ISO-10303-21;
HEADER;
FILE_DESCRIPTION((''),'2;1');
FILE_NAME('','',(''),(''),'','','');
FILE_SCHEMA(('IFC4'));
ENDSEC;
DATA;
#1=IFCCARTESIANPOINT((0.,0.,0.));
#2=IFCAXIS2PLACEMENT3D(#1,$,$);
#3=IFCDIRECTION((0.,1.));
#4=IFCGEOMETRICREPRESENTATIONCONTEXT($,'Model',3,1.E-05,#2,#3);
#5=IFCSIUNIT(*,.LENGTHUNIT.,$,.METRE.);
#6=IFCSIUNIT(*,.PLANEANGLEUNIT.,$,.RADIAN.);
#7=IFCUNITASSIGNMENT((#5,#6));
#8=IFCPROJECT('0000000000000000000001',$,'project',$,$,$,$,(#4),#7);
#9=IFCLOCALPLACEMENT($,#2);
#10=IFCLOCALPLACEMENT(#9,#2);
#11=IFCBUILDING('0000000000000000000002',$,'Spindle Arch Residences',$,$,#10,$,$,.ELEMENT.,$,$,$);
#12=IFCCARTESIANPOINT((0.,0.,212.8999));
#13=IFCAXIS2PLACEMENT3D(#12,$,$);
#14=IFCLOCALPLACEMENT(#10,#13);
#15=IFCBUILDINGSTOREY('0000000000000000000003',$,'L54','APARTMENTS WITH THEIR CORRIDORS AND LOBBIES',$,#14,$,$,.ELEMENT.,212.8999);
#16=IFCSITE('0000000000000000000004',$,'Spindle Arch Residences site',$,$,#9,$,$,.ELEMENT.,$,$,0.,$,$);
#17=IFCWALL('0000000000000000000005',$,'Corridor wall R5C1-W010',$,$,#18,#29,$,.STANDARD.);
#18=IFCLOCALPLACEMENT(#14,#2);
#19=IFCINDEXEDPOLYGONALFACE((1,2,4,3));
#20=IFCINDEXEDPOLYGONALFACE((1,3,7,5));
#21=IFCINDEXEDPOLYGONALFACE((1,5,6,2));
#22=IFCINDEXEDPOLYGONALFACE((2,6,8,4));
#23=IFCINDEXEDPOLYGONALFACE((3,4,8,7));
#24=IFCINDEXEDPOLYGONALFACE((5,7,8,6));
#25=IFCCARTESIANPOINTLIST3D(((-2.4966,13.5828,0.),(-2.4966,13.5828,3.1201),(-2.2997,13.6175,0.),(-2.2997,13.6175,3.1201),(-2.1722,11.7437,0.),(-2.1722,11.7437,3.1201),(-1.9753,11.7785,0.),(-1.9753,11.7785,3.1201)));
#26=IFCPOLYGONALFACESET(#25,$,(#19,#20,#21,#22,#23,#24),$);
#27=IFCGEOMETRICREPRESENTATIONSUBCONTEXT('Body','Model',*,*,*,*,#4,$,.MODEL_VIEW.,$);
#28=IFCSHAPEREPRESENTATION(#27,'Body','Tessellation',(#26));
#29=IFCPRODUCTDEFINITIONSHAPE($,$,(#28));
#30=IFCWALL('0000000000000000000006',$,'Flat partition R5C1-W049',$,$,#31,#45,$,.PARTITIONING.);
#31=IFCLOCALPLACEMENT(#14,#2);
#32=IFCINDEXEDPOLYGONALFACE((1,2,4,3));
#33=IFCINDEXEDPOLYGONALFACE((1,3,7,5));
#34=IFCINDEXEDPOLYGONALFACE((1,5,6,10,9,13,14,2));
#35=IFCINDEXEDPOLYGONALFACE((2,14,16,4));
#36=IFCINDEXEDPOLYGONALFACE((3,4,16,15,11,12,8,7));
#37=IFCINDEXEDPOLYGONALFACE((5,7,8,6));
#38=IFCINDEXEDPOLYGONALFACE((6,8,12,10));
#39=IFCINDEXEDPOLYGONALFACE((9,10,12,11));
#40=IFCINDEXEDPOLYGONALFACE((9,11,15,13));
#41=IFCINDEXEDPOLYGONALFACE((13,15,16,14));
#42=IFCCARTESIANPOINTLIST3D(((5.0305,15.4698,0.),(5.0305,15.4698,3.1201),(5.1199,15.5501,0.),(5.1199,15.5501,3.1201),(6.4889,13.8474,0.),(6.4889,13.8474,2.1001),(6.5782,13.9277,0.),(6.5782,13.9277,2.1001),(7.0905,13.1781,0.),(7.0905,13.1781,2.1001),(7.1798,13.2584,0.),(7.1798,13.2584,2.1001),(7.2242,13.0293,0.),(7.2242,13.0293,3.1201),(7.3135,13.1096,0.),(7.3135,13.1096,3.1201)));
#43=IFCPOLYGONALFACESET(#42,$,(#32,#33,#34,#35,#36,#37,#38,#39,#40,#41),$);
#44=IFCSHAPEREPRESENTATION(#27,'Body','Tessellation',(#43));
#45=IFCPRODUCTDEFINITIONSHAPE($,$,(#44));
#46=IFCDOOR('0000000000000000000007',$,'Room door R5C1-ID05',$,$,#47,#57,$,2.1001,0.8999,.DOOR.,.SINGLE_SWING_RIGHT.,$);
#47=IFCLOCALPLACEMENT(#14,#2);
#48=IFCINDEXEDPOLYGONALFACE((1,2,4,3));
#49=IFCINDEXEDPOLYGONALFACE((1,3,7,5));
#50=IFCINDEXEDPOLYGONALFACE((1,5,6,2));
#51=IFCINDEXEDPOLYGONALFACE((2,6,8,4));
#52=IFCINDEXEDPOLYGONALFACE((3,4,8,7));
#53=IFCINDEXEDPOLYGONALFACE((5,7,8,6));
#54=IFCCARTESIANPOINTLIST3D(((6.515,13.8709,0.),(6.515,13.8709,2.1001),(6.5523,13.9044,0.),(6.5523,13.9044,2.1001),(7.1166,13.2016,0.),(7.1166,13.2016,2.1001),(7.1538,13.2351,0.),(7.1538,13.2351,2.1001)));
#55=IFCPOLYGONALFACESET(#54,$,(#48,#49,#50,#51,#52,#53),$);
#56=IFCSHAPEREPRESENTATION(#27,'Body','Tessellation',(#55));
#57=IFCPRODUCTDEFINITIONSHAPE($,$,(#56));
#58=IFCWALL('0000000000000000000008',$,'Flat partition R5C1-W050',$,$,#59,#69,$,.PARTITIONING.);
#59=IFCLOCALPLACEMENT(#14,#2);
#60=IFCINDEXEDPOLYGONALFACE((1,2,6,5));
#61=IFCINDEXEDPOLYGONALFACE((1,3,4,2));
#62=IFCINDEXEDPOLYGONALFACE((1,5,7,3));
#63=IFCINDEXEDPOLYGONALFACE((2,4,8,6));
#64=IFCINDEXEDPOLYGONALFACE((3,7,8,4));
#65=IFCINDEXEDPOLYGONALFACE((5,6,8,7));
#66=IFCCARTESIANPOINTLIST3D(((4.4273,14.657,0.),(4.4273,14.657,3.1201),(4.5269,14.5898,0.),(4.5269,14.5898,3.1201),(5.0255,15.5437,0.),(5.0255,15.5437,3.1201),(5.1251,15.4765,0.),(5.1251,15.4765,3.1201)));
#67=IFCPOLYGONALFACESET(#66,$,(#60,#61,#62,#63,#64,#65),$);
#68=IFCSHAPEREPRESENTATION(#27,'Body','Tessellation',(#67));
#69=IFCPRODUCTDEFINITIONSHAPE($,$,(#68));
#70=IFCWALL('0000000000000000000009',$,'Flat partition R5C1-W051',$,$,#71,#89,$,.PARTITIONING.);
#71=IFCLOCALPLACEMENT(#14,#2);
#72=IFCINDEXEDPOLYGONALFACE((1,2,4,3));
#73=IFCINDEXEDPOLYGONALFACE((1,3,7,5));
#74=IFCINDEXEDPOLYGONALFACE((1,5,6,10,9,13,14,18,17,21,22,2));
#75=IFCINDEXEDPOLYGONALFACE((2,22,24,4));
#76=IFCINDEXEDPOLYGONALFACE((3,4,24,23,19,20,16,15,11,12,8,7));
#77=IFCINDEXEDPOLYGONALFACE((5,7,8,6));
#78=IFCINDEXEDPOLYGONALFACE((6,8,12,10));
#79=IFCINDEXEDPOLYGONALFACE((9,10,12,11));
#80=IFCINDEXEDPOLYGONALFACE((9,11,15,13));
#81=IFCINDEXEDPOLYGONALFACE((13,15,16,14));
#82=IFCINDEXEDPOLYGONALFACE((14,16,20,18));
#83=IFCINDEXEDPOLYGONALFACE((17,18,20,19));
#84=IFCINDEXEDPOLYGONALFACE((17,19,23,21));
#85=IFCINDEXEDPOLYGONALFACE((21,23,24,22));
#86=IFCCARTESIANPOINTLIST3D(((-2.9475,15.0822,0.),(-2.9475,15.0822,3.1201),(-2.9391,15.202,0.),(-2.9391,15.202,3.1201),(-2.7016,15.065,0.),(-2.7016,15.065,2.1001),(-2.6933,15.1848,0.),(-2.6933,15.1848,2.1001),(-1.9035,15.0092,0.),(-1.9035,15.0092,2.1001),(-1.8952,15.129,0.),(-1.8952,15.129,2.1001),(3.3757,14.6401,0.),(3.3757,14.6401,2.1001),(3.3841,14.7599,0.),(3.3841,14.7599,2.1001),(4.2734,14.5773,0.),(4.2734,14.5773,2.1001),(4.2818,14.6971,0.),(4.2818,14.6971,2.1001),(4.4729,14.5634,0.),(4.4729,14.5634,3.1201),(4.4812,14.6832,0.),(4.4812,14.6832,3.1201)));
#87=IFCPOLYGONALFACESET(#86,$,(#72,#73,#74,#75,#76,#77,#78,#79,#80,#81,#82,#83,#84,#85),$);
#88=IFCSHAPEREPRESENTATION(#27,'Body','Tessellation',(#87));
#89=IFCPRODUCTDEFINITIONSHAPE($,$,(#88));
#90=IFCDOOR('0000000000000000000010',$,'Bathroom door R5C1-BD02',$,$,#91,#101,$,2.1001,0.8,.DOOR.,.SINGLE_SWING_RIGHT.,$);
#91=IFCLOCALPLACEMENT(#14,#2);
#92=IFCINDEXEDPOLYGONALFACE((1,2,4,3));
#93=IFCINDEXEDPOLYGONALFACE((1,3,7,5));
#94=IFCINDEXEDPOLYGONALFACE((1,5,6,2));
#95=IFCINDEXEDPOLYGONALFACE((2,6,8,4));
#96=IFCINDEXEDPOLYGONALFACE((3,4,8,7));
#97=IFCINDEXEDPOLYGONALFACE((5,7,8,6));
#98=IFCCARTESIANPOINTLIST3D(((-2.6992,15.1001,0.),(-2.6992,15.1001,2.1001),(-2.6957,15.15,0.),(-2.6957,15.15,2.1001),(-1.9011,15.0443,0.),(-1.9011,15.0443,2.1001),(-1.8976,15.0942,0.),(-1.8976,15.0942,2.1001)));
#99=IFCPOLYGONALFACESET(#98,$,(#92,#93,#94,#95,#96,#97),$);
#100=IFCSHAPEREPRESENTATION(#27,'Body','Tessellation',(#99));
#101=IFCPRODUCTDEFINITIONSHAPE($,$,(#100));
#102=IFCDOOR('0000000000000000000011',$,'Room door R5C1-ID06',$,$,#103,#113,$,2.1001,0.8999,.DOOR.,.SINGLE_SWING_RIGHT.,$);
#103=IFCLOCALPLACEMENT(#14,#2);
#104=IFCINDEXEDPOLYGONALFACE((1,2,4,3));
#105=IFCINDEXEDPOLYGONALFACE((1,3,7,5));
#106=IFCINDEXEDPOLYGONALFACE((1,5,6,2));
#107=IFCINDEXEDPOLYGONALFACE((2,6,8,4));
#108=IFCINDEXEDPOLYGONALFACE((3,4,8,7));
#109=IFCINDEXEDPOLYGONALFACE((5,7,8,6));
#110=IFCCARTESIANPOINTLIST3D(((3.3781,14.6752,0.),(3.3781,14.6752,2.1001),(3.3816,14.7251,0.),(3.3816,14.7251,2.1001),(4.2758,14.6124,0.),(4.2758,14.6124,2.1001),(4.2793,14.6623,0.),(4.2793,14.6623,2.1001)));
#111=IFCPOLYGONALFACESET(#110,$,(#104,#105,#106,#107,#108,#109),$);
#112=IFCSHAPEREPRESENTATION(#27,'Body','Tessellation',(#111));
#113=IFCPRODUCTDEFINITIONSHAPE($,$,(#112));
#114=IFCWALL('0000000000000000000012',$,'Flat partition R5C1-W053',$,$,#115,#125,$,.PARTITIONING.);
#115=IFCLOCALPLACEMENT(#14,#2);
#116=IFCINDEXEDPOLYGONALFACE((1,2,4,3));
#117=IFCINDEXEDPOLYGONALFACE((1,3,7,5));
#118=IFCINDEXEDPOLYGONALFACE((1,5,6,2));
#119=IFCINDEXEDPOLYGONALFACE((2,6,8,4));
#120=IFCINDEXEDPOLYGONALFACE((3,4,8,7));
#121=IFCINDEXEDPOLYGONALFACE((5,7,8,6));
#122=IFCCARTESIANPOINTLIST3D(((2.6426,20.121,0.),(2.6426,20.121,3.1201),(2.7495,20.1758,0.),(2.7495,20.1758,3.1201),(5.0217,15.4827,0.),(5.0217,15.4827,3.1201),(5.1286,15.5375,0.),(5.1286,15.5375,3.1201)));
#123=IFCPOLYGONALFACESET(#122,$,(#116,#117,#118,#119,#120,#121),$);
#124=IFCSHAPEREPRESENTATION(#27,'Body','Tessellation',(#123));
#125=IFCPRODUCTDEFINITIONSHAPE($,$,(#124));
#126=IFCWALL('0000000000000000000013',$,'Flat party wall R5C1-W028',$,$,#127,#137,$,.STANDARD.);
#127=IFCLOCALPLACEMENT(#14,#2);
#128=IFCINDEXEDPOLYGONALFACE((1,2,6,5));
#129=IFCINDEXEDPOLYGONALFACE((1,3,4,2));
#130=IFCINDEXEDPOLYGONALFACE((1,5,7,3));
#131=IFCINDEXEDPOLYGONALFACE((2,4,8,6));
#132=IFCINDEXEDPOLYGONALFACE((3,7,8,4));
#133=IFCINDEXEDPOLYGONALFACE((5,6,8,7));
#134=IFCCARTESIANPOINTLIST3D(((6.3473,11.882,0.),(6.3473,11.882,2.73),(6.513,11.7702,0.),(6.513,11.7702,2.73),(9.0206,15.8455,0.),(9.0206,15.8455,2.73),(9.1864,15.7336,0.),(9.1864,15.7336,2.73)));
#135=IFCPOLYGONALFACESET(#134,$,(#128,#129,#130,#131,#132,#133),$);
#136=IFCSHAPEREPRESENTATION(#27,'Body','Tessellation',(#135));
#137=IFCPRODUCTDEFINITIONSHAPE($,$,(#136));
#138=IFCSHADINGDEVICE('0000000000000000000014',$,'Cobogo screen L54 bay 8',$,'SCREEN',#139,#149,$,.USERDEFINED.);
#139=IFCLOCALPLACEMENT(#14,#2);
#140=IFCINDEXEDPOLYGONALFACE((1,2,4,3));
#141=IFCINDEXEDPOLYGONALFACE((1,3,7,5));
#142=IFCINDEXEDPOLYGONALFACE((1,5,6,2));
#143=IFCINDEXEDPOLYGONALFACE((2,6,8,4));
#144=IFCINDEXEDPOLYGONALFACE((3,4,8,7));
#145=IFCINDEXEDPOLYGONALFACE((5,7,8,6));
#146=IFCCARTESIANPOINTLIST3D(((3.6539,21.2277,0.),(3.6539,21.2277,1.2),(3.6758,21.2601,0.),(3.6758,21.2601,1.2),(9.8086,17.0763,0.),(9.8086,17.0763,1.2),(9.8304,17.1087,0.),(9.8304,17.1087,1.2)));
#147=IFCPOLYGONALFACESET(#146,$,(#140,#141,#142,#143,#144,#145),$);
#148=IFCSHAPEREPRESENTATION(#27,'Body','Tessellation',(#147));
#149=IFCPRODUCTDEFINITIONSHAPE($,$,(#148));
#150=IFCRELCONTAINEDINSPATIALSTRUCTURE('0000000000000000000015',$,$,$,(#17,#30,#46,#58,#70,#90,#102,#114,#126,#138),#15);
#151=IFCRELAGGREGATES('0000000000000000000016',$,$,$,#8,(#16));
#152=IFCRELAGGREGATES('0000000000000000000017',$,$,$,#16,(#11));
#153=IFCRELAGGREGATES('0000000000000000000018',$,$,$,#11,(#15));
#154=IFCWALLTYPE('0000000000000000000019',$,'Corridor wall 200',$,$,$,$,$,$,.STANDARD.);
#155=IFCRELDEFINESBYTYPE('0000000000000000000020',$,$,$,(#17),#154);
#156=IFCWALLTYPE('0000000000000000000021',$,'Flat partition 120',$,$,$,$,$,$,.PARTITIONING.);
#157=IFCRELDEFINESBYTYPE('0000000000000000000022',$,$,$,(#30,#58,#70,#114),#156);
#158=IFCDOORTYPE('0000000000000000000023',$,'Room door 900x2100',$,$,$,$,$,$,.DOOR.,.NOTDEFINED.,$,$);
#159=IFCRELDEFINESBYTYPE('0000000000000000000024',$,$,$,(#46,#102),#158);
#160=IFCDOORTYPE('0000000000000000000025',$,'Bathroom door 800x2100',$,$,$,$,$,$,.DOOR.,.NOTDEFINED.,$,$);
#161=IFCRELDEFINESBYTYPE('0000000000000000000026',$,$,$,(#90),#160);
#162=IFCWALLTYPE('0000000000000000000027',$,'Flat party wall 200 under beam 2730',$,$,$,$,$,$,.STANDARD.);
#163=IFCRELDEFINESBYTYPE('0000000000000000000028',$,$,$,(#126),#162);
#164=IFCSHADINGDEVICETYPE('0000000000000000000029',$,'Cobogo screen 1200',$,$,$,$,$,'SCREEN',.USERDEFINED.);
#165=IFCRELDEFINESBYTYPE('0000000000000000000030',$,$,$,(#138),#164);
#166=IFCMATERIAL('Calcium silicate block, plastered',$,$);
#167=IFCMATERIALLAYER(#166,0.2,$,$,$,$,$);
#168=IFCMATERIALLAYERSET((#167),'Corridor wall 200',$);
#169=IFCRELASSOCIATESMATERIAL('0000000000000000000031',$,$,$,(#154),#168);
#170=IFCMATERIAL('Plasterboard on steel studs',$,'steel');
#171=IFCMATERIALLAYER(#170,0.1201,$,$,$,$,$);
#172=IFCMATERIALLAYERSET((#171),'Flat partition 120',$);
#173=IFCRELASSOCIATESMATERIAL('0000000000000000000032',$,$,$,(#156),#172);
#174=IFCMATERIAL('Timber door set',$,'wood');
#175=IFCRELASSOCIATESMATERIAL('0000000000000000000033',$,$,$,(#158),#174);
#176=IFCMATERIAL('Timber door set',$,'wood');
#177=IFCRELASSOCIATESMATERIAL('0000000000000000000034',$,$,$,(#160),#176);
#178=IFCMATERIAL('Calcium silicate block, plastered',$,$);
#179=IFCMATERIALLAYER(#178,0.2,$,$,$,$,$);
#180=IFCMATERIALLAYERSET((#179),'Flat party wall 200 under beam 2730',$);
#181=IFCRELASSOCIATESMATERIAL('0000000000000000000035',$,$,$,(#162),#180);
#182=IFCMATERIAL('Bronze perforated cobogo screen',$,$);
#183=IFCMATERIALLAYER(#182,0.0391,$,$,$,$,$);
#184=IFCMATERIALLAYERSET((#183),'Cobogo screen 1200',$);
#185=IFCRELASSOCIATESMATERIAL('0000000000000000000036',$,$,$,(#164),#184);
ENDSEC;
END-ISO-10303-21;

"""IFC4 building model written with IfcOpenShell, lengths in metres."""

from ifc_helpers import new_model, si_unit, direction, frame, frame_2d, origin, origin_2d, place, context, subcontext, project, spatial, rectangle, extrude, material, layer, layer_set, type_object, element, fill, save


model = new_model("IFC4")

# Units and contexts
model_context = context("Model", 3, precision=1e-05, world=origin(), true_north=direction((0.0, 1.0)))
body_context = subcontext(model_context, "Body", "Model", "MODEL_VIEW")
ifc_project = project(units=[si_unit("LENGTHUNIT", "METRE"), si_unit("PLANEANGLEUNIT", "RADIAN")], contexts=[model_context])

# Site, building, storey
site_placement = place(None, origin())
site = spatial("IfcSite", under=ifc_project, at=site_placement, Name="Spindle Arch Residences site", CompositionType="ELEMENT", RefElevation=0.0)
building_placement = place(site_placement, origin())
building = spatial("IfcBuilding", under=site, at=building_placement, Name="Spindle Arch Residences", CompositionType="ELEMENT")
storey_placement = place(building_placement, frame((0.0, 0.0, 212.8999)))
storey = spatial("IfcBuildingStorey", under=building, at=storey_placement, Name="L54", Description="APARTMENTS WITH THEIR CORRIDORS AND LOBBIES", CompositionType="ELEMENT", Elevation=212.8999)

# Wall
ifc_material_1 = material(Name="Calcium silicate block, plastered")
ifc_layer_1 = layer(ifc_material_1, 0.2)
ifc_layer_set_1 = layer_set([ifc_layer_1], Name="Corridor wall 200")
wall_type_1 = type_object("IfcWallType", Name="Corridor wall 200", PredefinedType="STANDARD", material=ifc_layer_set_1)
wall_1_placement = place(storey_placement, frame((-2.0737, 11.7612, 0.0), z_axis=(0.0, 0.0, 1.0), x_axis=(-0.173741, 0.984791, 0.0)))
element("IfcWall", 1, at=wall_1_placement, inside=storey, type_object=wall_type_1, Name="Corridor wall R5C1-W010", PredefinedType="STANDARD", context=body_context, shape_type="SweptSolid", body=[
    extrude(rectangle(XDim=1.8674, YDim=0.2, at=frame_2d((0.9336, 0.0))), origin(), (0.0, 0.0, 1.0), 3.1201),
])

# Wall, opening, door
ifc_material_2 = material(Name="Plasterboard on steel studs", Category="steel")
ifc_layer_2 = layer(ifc_material_2, 0.1201)
ifc_layer_set_2 = layer_set([ifc_layer_2], Name="Flat partition 120")
wall_type_2 = type_object("IfcWallType", Name="Flat partition 120", PredefinedType="PARTITIONING", material=ifc_layer_set_2)
wall_2_placement = place(storey_placement, frame((7.2688, 13.0696, 0.0), z_axis=(0.0, 0.0, 1.0), x_axis=(-0.668496, 0.743716, 0.0)))
wall_2 = element("IfcWall", 2, at=wall_2_placement, inside=storey, type_object=wall_type_2, Name="Flat partition R5C1-W049", PredefinedType="PARTITIONING", context=body_context, shape_type="SweptSolid", body=[
    extrude(rectangle(XDim=3.2815, YDim=0.1201, at=frame_2d((1.6406, 0.0))), origin(), (0.0, 0.0, 1.0), 3.1201),
])
opening_1_placement = place(wall_2_placement, frame((0.2, 0.0, 0.0)))
opening_1 = element("IfcOpeningElement", 3, at=opening_1_placement, cuts=wall_2, PredefinedType="OPENING", context=body_context, shape_type="SweptSolid", body=[
    extrude(rectangle(XDim=0.8999, YDim=2.1001, at=frame_2d((0.45, 1.05))), frame((0.0, 0.0701, 0.0), z_axis=(0.0, -1.0, 0.0), x_axis=(1.0, 0.0, 0.0)), (0.0, 0.0, 1.0), 0.1401),
])
ifc_material_3 = material(Name="Timber door set", Category="wood")
door_type_1 = type_object("IfcDoorType", Name="Room door 900x2100", OperationType="NOTDEFINED", PredefinedType="DOOR", material=ifc_material_3)
door_1_placement = place(opening_1_placement, origin())
door_1 = element("IfcDoor", 4, at=door_1_placement, inside=storey, type_object=door_type_1, Name="Room door R5C1-ID05", OperationType="SINGLE_SWING_RIGHT", OverallHeight=2.1001, OverallWidth=0.8999, PredefinedType="DOOR", context=body_context, shape_type="SweptSolid", body=[
    extrude(rectangle(XDim=0.8999, YDim=2.1001, at=frame_2d((0.45, 1.05))), frame((0.0, 0.0249, 0.0), z_axis=(0.0, -1.0, 0.0), x_axis=(1.0, 0.0, 0.0)), (0.0, 0.0, 1.0), 0.05),
])
fill(opening_1, door_1)

# Wall
wall_3_placement = place(storey_placement, frame((5.0752, 15.51, 0.0), z_axis=(0.0, 0.0, 1.0), x_axis=(-0.559222, -0.829018, 0.0)))
element("IfcWall", 5, at=wall_3_placement, inside=storey, type_object=wall_type_2, Name="Flat partition R5C1-W050", PredefinedType="PARTITIONING", context=body_context, shape_type="SweptSolid", body=[
    extrude(rectangle(XDim=1.0696, YDim=0.1201, at=frame_2d((0.5347, 0.0))), origin(), (0.0, 0.0, 1.0), 3.1201),
])

# Wall, openings, doors
wall_4_placement = place(storey_placement, frame((4.4771, 14.6233, 0.0), z_axis=(0.0, 0.0, 1.0), x_axis=(-0.997565, 0.069745, 0.0)))
wall_4 = element("IfcWall", 6, at=wall_4_placement, inside=storey, type_object=wall_type_2, Name="Flat partition R5C1-W051", PredefinedType="PARTITIONING", context=body_context, shape_type="SweptSolid", body=[
    extrude(rectangle(XDim=7.4385, YDim=0.1201, at=frame_2d((3.7192, 0.0))), origin(), (0.0, 0.0, 1.0), 3.1201),
])
opening_2_placement = place(wall_4_placement, frame((0.2, 0.0, 0.0)))
opening_2 = element("IfcOpeningElement", 7, at=opening_2_placement, cuts=wall_4, PredefinedType="OPENING", context=body_context, shape_type="SweptSolid", body=[
    extrude(rectangle(XDim=0.8999, YDim=2.1001, at=frame_2d((0.45, 1.05))), frame((0.0, 0.0701, 0.0), z_axis=(0.0, -1.0, 0.0), x_axis=(1.0, 0.0, 0.0)), (0.0, 0.0, 1.0), 0.1401),
])
opening_3_placement = place(wall_4_placement, frame((6.3921, 0.0, 0.0)))
opening_3 = element("IfcOpeningElement", 8, at=opening_3_placement, cuts=wall_4, PredefinedType="OPENING", context=body_context, shape_type="SweptSolid", body=[
    extrude(rectangle(XDim=0.8, YDim=2.1001, at=frame_2d((0.3999, 1.05))), frame((0.0, 0.0701, 0.0), z_axis=(0.0, -1.0, 0.0), x_axis=(1.0, 0.0, 0.0)), (0.0, 0.0, 1.0), 0.1401),
])
ifc_material_4 = material(Name="Timber door set", Category="wood")
door_type_2 = type_object("IfcDoorType", Name="Bathroom door 800x2100", OperationType="NOTDEFINED", PredefinedType="DOOR", material=ifc_material_4)
door_2_placement = place(opening_3_placement, origin())
door_2 = element("IfcDoor", 9, at=door_2_placement, inside=storey, type_object=door_type_2, Name="Bathroom door R5C1-BD02", OperationType="SINGLE_SWING_RIGHT", OverallHeight=2.1001, OverallWidth=0.8, PredefinedType="DOOR", context=body_context, shape_type="SweptSolid", body=[
    extrude(rectangle(XDim=0.8, YDim=2.1001, at=frame_2d((0.3999, 1.05))), frame((0.0, 0.0249, 0.0), z_axis=(0.0, -1.0, 0.0), x_axis=(1.0, 0.0, 0.0)), (0.0, 0.0, 1.0), 0.05),
])
fill(opening_3, door_2)
door_3_placement = place(opening_2_placement, origin())
door_3 = element("IfcDoor", 10, at=door_3_placement, inside=storey, type_object=door_type_1, Name="Room door R5C1-ID06", OperationType="SINGLE_SWING_RIGHT", OverallHeight=2.1001, OverallWidth=0.8999, PredefinedType="DOOR", context=body_context, shape_type="SweptSolid", body=[
    extrude(rectangle(XDim=0.8999, YDim=2.1001, at=frame_2d((0.45, 1.05))), frame((0.0, 0.0249, 0.0), z_axis=(0.0, -1.0, 0.0), x_axis=(1.0, 0.0, 0.0)), (0.0, 0.0, 1.0), 0.05),
])
fill(opening_2, door_3)

# Walls
wall_5_placement = place(storey_placement, frame((2.696, 20.1484, 0.0), z_axis=(0.0, 0.0, 1.0), x_axis=(0.456388, -0.889781, 0.0)))
element("IfcWall", 11, at=wall_5_placement, inside=storey, type_object=wall_type_2, Name="Flat partition R5C1-W053", PredefinedType="PARTITIONING", context=body_context, shape_type="SweptSolid", body=[
    extrude(rectangle(XDim=5.2129, YDim=0.1201, at=frame_2d((2.6064, 0.0))), origin(), (0.0, 0.0, 1.0), 3.1201),
])
ifc_material_5 = material(Name="Calcium silicate block, plastered")
ifc_layer_3 = layer(ifc_material_5, 0.2)
ifc_layer_set_3 = layer_set([ifc_layer_3], Name="Flat party wall 200 under beam 2730")
wall_type_3 = type_object("IfcWallType", Name="Flat party wall 200 under beam 2730", PredefinedType="STANDARD", material=ifc_layer_set_3)
wall_6_placement = place(storey_placement, frame((9.1035, 15.7896, 0.0), z_axis=(0.0, 0.0, 1.0), x_axis=(-0.559194, -0.829037, 0.0)))
element("IfcWall", 12, at=wall_6_placement, inside=storey, type_object=wall_type_3, Name="Flat party wall R5C1-W028", PredefinedType="STANDARD", context=body_context, shape_type="SweptSolid", body=[
    extrude(rectangle(XDim=4.7808, YDim=0.2, at=frame_2d((2.3904, 0.0))), origin(), (0.0, 0.0, 1.0), 2.73),
])

# Shading device
ifc_material_6 = material(Name="Bronze perforated cobogo screen")
ifc_layer_4 = layer(ifc_material_6, 0.0391)
ifc_layer_set_4 = layer_set([ifc_layer_4], Name="Cobogo screen 1200")
shading_device_type = type_object("IfcShadingDeviceType", Name="Cobogo screen 1200", ElementType="SCREEN", PredefinedType="USERDEFINED", material=ifc_layer_set_4)
shading_device_placement = place(storey_placement, frame((6.7422, 19.1682, 0.0), z_axis=(0.0, 0.0, 1.0), x_axis=(-0.829038, 0.559193, 0.0)))
element("IfcShadingDevice", 13, at=shading_device_placement, inside=storey, type_object=shading_device_type, Name="Cobogo screen L54 bay 8", ObjectType="SCREEN", PredefinedType="USERDEFINED", context=body_context, shape_type="SweptSolid", body=[
    extrude(rectangle(XDim=7.4238, YDim=0.0391, at=origin_2d()), origin(), (0.0, 0.0, 1.0), 1.2),
])

save(model, "model.ifc")
